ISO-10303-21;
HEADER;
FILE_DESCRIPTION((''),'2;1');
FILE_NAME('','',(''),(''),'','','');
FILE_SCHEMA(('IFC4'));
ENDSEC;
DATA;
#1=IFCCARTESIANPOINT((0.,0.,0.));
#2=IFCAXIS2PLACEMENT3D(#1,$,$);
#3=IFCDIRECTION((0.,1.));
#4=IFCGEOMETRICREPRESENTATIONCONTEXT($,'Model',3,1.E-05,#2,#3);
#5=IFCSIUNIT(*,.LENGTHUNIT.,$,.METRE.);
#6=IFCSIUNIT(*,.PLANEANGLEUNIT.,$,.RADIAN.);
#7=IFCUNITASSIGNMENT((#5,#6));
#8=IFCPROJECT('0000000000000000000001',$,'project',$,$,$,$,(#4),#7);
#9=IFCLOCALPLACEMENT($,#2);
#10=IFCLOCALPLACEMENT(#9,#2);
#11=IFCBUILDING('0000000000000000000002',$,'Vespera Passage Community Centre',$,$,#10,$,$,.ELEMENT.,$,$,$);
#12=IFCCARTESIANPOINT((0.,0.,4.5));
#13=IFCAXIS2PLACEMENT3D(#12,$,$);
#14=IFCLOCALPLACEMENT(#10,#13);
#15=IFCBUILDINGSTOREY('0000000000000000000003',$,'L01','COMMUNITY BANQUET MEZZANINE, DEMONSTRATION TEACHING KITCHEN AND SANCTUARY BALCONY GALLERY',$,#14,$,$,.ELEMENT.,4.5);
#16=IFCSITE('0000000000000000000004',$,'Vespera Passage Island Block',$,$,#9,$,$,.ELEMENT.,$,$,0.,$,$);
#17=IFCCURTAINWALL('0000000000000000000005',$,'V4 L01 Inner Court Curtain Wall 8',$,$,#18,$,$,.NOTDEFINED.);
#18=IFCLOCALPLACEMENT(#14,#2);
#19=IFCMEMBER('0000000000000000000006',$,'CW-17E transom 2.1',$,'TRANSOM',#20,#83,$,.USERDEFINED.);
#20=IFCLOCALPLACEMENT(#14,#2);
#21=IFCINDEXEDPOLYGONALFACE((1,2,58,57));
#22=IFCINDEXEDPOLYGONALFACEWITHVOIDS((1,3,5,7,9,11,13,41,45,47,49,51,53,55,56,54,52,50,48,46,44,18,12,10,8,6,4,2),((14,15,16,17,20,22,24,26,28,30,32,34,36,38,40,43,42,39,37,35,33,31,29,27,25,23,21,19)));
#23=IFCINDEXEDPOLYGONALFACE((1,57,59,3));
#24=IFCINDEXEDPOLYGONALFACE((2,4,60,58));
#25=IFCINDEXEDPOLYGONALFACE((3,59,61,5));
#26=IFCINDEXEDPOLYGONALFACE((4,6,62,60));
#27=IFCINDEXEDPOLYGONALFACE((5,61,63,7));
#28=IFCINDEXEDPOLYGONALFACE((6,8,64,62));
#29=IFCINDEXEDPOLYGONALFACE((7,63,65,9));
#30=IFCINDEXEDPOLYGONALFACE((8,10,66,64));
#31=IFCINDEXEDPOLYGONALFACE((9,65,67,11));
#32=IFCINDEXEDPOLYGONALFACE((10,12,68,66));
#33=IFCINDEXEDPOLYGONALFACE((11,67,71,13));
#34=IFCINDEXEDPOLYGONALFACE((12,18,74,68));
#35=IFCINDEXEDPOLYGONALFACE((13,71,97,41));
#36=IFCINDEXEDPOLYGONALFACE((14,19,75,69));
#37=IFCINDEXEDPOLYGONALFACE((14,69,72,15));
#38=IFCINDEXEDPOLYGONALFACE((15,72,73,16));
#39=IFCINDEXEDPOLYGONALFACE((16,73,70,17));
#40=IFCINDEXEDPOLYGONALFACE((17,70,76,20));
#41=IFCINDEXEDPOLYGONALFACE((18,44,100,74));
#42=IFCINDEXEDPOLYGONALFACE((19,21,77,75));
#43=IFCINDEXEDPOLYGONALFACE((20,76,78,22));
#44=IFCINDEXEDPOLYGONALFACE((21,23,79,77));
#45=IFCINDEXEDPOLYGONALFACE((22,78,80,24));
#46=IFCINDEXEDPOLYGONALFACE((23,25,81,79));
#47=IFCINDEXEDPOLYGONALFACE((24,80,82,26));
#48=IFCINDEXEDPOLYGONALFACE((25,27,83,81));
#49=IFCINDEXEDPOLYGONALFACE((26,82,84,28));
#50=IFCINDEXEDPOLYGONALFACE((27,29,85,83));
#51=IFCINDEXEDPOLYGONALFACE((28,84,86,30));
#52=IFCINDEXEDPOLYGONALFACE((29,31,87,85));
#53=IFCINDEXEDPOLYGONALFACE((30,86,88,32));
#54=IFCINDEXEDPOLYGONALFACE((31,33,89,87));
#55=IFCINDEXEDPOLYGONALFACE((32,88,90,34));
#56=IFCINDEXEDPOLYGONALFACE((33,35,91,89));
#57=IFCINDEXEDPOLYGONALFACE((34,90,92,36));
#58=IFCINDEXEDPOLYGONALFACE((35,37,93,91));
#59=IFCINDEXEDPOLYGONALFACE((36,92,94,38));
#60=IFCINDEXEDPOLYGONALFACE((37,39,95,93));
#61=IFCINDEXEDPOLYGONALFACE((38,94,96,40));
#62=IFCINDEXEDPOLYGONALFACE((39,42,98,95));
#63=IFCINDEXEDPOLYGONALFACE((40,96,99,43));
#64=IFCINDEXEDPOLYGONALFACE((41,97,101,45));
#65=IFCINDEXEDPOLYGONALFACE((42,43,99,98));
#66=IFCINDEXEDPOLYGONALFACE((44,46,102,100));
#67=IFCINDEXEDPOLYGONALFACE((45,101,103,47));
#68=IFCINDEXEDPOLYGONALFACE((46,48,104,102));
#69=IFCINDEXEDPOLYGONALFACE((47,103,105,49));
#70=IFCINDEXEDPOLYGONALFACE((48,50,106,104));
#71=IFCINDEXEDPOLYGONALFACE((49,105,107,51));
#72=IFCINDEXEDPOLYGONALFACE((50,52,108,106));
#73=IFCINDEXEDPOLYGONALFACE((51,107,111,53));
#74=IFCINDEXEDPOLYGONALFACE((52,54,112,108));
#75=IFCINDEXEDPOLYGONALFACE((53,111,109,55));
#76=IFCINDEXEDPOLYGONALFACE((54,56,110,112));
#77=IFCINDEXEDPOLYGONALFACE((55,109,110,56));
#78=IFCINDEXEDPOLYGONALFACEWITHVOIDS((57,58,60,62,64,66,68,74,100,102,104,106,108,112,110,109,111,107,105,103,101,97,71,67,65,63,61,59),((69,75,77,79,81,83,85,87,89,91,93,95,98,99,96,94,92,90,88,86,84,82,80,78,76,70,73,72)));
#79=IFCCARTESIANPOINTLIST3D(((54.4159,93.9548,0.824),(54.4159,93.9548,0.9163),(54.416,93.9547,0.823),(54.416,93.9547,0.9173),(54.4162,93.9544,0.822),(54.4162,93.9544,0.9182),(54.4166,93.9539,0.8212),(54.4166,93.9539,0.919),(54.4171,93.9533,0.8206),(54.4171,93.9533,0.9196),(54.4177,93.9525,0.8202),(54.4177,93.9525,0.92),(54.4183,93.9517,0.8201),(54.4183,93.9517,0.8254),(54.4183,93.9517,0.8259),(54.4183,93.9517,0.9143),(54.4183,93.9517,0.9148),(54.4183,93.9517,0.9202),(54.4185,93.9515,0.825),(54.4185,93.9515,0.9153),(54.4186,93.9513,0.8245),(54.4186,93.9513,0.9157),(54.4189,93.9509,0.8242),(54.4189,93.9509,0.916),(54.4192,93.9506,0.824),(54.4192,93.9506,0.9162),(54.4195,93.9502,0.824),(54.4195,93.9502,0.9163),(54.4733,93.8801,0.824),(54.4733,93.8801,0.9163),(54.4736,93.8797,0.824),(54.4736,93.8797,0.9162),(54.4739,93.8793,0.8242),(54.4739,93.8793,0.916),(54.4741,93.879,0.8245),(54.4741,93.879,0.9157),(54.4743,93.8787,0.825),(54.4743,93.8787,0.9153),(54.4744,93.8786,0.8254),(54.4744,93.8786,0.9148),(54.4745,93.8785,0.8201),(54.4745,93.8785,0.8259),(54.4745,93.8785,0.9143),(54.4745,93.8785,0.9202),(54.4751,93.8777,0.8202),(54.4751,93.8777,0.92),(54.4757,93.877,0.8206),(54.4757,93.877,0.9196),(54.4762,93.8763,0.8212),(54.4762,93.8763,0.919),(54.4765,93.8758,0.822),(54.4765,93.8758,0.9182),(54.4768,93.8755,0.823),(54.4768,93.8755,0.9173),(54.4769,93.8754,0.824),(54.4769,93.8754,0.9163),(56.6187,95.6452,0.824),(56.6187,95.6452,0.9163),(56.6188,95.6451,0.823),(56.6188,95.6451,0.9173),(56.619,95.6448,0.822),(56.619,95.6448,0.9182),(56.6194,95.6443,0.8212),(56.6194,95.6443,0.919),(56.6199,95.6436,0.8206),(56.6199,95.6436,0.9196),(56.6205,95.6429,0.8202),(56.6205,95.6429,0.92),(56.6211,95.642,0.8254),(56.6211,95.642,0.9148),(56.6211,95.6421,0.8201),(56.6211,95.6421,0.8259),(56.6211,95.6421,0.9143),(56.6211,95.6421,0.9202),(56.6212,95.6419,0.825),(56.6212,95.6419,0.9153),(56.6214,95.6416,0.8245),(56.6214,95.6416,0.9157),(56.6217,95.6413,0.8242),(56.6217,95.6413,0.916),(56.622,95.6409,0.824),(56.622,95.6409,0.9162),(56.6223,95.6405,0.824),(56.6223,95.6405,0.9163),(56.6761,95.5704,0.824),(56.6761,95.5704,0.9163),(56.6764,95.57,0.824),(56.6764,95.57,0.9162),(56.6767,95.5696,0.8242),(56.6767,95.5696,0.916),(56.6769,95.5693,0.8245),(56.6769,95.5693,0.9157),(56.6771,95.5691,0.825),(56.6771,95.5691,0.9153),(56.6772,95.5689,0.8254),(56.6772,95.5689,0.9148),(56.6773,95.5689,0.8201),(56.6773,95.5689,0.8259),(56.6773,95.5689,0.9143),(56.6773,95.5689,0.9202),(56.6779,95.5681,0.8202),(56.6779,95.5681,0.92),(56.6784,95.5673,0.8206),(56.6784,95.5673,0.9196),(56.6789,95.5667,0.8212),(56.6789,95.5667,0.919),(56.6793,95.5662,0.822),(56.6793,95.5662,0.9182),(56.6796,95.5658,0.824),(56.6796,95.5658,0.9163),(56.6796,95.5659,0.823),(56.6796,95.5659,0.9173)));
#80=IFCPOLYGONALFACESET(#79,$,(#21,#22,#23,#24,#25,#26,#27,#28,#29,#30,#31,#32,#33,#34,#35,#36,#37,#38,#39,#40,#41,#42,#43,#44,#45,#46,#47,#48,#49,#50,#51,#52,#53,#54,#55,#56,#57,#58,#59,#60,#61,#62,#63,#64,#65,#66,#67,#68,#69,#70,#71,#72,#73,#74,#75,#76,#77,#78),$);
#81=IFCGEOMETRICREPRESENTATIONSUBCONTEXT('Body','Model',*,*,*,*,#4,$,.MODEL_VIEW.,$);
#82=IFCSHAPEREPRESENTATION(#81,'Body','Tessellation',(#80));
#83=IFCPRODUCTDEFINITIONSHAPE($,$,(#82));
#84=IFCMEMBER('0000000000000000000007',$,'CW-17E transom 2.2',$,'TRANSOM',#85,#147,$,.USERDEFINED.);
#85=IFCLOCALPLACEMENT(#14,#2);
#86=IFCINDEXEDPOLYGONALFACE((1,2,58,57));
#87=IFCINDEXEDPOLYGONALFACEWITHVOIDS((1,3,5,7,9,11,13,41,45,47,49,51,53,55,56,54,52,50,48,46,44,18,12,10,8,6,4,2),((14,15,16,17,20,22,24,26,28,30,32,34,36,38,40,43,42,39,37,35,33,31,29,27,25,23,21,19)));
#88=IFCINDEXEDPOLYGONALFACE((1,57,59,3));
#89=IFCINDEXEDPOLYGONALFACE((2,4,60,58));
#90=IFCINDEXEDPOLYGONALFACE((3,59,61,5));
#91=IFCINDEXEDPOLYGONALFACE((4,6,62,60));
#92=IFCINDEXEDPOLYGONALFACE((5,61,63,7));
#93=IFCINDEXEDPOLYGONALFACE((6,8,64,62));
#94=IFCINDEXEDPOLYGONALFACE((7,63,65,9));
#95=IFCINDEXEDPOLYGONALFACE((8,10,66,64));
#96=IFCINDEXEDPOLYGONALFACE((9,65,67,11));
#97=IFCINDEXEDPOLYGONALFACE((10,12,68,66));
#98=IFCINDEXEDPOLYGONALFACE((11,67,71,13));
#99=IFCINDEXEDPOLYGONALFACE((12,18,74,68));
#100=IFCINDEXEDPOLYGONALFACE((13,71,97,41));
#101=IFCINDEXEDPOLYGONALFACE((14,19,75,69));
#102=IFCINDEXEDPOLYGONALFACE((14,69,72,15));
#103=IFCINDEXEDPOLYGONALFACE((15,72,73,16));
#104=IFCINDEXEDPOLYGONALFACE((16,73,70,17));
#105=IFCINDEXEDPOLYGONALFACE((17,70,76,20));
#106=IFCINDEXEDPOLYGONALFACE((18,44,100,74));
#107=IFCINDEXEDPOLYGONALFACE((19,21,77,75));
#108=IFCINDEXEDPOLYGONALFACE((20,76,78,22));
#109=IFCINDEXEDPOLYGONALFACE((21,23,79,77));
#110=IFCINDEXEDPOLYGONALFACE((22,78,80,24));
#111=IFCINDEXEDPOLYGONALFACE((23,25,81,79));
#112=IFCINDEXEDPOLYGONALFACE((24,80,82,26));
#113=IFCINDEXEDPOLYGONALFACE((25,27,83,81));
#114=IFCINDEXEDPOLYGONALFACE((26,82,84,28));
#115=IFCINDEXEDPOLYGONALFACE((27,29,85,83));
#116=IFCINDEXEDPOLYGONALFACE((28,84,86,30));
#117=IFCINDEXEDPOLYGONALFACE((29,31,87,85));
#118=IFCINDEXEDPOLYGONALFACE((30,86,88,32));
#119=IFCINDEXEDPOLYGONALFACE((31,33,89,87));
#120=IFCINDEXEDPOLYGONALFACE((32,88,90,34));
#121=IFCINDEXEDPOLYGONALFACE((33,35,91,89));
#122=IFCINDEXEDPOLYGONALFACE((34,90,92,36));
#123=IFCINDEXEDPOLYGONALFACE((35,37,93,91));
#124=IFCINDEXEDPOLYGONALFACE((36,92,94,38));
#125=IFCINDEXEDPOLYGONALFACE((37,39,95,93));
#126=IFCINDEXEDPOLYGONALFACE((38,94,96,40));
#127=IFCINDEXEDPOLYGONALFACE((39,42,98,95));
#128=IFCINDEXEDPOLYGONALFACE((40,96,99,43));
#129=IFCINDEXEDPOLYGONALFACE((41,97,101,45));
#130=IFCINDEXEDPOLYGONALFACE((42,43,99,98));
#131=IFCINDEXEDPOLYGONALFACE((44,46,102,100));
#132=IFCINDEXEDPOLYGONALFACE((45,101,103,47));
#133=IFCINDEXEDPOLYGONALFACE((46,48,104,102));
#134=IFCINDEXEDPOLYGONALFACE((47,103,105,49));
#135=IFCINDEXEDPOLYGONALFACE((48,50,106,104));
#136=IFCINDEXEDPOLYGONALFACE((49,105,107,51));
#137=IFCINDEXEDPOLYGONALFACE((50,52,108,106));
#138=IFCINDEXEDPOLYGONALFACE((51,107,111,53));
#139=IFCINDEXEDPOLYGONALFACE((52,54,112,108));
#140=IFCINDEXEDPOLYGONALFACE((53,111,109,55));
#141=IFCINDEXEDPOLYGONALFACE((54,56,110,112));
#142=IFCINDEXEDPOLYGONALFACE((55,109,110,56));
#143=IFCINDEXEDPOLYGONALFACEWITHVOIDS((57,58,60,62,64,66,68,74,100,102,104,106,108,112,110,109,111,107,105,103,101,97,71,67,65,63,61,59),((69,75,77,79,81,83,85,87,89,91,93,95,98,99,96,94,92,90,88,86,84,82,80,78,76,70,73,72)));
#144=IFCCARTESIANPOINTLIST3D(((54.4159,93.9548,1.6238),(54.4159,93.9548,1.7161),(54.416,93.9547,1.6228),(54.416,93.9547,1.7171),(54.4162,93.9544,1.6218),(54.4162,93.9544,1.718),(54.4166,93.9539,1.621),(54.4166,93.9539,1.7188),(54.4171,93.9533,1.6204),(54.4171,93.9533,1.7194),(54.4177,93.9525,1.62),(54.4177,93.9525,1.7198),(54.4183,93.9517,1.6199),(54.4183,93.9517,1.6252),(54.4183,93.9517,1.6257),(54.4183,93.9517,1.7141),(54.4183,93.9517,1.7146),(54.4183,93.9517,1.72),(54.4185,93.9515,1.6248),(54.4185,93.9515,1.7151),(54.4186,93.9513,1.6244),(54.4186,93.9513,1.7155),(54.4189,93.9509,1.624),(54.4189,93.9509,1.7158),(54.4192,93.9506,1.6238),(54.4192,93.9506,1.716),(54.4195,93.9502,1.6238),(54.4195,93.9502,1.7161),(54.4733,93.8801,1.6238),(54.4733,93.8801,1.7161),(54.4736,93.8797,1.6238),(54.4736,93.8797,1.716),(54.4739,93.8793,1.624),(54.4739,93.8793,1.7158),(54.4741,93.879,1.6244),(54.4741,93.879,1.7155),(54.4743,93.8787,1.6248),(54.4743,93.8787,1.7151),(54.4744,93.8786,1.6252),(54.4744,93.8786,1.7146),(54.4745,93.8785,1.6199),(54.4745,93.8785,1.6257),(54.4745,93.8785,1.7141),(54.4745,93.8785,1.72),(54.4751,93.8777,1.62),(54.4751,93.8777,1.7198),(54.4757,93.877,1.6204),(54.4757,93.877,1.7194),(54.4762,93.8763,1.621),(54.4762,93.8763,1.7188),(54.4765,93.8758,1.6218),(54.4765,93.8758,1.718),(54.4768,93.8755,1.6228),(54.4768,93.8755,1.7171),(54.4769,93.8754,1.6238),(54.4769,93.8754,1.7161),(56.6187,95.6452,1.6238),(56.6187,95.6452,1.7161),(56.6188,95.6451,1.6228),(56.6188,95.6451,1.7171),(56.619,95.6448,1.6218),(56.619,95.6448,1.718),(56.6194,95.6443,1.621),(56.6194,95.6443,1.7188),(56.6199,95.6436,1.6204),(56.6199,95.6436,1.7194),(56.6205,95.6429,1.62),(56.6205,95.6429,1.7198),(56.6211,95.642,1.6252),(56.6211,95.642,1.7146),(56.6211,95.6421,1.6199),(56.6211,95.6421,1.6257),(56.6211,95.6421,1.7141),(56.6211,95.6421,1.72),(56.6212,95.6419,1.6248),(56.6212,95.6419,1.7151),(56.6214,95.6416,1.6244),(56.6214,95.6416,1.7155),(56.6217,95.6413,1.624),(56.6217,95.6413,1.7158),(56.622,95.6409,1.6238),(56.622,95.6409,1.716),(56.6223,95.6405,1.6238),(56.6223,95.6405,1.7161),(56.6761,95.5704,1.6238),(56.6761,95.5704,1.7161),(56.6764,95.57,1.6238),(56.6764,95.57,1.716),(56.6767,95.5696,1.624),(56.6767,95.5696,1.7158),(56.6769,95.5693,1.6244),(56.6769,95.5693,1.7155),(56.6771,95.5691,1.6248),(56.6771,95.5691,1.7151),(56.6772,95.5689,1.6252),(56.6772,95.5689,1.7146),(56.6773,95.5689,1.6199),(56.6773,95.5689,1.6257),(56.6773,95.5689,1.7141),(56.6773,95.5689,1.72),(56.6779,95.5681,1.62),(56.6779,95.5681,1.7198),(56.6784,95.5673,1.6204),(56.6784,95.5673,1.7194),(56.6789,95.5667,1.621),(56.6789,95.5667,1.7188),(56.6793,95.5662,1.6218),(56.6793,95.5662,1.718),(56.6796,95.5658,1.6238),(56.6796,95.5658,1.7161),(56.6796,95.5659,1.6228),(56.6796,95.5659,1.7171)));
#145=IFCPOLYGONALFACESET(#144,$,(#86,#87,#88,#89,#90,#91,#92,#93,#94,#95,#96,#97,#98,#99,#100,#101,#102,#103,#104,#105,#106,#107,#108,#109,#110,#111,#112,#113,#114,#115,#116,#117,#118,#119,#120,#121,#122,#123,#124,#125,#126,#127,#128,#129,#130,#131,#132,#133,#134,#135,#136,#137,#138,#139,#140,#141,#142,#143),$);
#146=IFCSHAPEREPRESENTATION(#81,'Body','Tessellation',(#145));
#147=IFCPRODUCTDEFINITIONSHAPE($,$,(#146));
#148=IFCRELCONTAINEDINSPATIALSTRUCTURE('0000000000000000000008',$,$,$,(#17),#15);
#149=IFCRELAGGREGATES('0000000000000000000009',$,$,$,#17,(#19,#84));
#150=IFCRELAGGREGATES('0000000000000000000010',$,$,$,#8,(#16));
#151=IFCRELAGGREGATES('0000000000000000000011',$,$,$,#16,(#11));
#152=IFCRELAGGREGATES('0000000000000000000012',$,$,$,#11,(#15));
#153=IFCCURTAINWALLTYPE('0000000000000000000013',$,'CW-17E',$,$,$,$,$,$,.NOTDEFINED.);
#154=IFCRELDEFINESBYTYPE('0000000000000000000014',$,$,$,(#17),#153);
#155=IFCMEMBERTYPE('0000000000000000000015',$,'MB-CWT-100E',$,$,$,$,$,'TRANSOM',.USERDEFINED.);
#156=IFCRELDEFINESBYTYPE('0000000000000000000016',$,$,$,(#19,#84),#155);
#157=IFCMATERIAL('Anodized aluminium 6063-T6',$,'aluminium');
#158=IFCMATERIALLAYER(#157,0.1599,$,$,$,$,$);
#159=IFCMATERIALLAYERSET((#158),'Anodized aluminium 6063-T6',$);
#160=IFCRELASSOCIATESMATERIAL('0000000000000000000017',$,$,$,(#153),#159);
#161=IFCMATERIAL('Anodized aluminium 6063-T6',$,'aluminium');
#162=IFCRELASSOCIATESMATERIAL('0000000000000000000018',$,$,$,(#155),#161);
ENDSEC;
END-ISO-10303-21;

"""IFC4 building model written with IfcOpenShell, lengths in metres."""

from ifc_helpers import new_model, si_unit, direction, frame, origin, origin_2d, place, context, subcontext, project, spatial, hollow_rectangle, extrude, material, layer, layer_set, material_profile, profile_set, type_object, element, aggregate, save


model = new_model("IFC4")

# Units and contexts
model_context = context("Model", 3, precision=1e-05, world=origin(), true_north=direction((0.0, 1.0)))
body_context = subcontext(model_context, "Body", "Model", "MODEL_VIEW")
ifc_project = project(units=[si_unit("LENGTHUNIT", "METRE"), si_unit("PLANEANGLEUNIT", "RADIAN")], contexts=[model_context])

# Site, building, storey
site_placement = place(None, origin())
site = spatial("IfcSite", under=ifc_project, at=site_placement, Name="Vespera Passage Island Block", CompositionType="ELEMENT", RefElevation=0.0)
building_placement = place(site_placement, origin())
building = spatial("IfcBuilding", under=site, at=building_placement, Name="Vespera Passage Community Centre", CompositionType="ELEMENT")
storey_placement = place(building_placement, frame((0.0, 0.0, 4.5)))
storey = spatial("IfcBuildingStorey", under=building, at=storey_placement, Name="L01", Description="COMMUNITY BANQUET MEZZANINE, DEMONSTRATION TEACHING KITCHEN AND SANCTUARY BALCONY GALLERY", CompositionType="ELEMENT", Elevation=4.5)

# Curtain wall, members
ifc_material_1 = material(Name="Anodized aluminium 6063-T6", Category="aluminium")
ifc_layer_1 = layer(ifc_material_1, 0.1599)
ifc_layer_set_1 = layer_set([ifc_layer_1], Name="Anodized aluminium 6063-T6")
curtain_wall_type = type_object("IfcCurtainWallType", Name="CW-17E", PredefinedType="NOTDEFINED", material=ifc_layer_set_1)
curtain_wall_placement = place(storey_placement, origin())
curtain_wall = element("IfcCurtainWall", 1, at=curtain_wall_placement, inside=storey, type_object=curtain_wall_type, Name="V4 L01 Inner Court Curtain Wall 8", PredefinedType="NOTDEFINED")
ifc_material_2 = material(Name="Anodized aluminium 6063-T6", Category="aluminium")
ifc_material_profile_1 = material_profile(ifc_material_2, hollow_rectangle(XDim=0.1001, YDim=0.1001, WallThickness=0.0039, InnerFilletRadius=0.002, OuterFilletRadius=0.0039, at=origin_2d()), Name="ALU100X100X4")
ifc_profile_set_1 = profile_set([ifc_material_profile_1], Name="Anodized aluminium 6063-T6")
member_type_1 = type_object("IfcMemberType", Name="MB-CWT-100E", ElementType="TRANSOM", PredefinedType="USERDEFINED", material=ifc_profile_set_1)
member_1_placement = place(storey_placement, frame((56.6492, 95.6055, 0.8701), z_axis=(-0.793336, -0.608784, 0.0), x_axis=(0.608784, -0.793336, 0.0)))
member_1 = element("IfcMember", 2, at=member_1_placement, type_object=member_type_1, Name="CW-17E transom 2.1", ObjectType="TRANSOM", PredefinedType="USERDEFINED", context=body_context, shape_type="SweptSolid", body=[
    extrude(hollow_rectangle(XDim=0.1001, YDim=0.1001, WallThickness=0.0039, InnerFilletRadius=0.002, OuterFilletRadius=0.0039, at=origin_2d()), origin(), (0.0, 0.0, 1.0), 2.7766),
])
member_2_placement = place(storey_placement, frame((56.6492, 95.6055, 1.6699), z_axis=(-0.793336, -0.608784, 0.0), x_axis=(0.608784, -0.793336, 0.0)))
member_2 = element("IfcMember", 3, at=member_2_placement, type_object=member_type_1, Name="CW-17E transom 2.2", ObjectType="TRANSOM", PredefinedType="USERDEFINED", context=body_context, shape_type="SweptSolid", body=[
    extrude(hollow_rectangle(XDim=0.1001, YDim=0.1001, WallThickness=0.0039, InnerFilletRadius=0.002, OuterFilletRadius=0.0039, at=origin_2d()), origin(), (0.0, 0.0, 1.0), 2.7766),
])
aggregate(curtain_wall, [member_1, member_2])

save(model, "model.ifc")
